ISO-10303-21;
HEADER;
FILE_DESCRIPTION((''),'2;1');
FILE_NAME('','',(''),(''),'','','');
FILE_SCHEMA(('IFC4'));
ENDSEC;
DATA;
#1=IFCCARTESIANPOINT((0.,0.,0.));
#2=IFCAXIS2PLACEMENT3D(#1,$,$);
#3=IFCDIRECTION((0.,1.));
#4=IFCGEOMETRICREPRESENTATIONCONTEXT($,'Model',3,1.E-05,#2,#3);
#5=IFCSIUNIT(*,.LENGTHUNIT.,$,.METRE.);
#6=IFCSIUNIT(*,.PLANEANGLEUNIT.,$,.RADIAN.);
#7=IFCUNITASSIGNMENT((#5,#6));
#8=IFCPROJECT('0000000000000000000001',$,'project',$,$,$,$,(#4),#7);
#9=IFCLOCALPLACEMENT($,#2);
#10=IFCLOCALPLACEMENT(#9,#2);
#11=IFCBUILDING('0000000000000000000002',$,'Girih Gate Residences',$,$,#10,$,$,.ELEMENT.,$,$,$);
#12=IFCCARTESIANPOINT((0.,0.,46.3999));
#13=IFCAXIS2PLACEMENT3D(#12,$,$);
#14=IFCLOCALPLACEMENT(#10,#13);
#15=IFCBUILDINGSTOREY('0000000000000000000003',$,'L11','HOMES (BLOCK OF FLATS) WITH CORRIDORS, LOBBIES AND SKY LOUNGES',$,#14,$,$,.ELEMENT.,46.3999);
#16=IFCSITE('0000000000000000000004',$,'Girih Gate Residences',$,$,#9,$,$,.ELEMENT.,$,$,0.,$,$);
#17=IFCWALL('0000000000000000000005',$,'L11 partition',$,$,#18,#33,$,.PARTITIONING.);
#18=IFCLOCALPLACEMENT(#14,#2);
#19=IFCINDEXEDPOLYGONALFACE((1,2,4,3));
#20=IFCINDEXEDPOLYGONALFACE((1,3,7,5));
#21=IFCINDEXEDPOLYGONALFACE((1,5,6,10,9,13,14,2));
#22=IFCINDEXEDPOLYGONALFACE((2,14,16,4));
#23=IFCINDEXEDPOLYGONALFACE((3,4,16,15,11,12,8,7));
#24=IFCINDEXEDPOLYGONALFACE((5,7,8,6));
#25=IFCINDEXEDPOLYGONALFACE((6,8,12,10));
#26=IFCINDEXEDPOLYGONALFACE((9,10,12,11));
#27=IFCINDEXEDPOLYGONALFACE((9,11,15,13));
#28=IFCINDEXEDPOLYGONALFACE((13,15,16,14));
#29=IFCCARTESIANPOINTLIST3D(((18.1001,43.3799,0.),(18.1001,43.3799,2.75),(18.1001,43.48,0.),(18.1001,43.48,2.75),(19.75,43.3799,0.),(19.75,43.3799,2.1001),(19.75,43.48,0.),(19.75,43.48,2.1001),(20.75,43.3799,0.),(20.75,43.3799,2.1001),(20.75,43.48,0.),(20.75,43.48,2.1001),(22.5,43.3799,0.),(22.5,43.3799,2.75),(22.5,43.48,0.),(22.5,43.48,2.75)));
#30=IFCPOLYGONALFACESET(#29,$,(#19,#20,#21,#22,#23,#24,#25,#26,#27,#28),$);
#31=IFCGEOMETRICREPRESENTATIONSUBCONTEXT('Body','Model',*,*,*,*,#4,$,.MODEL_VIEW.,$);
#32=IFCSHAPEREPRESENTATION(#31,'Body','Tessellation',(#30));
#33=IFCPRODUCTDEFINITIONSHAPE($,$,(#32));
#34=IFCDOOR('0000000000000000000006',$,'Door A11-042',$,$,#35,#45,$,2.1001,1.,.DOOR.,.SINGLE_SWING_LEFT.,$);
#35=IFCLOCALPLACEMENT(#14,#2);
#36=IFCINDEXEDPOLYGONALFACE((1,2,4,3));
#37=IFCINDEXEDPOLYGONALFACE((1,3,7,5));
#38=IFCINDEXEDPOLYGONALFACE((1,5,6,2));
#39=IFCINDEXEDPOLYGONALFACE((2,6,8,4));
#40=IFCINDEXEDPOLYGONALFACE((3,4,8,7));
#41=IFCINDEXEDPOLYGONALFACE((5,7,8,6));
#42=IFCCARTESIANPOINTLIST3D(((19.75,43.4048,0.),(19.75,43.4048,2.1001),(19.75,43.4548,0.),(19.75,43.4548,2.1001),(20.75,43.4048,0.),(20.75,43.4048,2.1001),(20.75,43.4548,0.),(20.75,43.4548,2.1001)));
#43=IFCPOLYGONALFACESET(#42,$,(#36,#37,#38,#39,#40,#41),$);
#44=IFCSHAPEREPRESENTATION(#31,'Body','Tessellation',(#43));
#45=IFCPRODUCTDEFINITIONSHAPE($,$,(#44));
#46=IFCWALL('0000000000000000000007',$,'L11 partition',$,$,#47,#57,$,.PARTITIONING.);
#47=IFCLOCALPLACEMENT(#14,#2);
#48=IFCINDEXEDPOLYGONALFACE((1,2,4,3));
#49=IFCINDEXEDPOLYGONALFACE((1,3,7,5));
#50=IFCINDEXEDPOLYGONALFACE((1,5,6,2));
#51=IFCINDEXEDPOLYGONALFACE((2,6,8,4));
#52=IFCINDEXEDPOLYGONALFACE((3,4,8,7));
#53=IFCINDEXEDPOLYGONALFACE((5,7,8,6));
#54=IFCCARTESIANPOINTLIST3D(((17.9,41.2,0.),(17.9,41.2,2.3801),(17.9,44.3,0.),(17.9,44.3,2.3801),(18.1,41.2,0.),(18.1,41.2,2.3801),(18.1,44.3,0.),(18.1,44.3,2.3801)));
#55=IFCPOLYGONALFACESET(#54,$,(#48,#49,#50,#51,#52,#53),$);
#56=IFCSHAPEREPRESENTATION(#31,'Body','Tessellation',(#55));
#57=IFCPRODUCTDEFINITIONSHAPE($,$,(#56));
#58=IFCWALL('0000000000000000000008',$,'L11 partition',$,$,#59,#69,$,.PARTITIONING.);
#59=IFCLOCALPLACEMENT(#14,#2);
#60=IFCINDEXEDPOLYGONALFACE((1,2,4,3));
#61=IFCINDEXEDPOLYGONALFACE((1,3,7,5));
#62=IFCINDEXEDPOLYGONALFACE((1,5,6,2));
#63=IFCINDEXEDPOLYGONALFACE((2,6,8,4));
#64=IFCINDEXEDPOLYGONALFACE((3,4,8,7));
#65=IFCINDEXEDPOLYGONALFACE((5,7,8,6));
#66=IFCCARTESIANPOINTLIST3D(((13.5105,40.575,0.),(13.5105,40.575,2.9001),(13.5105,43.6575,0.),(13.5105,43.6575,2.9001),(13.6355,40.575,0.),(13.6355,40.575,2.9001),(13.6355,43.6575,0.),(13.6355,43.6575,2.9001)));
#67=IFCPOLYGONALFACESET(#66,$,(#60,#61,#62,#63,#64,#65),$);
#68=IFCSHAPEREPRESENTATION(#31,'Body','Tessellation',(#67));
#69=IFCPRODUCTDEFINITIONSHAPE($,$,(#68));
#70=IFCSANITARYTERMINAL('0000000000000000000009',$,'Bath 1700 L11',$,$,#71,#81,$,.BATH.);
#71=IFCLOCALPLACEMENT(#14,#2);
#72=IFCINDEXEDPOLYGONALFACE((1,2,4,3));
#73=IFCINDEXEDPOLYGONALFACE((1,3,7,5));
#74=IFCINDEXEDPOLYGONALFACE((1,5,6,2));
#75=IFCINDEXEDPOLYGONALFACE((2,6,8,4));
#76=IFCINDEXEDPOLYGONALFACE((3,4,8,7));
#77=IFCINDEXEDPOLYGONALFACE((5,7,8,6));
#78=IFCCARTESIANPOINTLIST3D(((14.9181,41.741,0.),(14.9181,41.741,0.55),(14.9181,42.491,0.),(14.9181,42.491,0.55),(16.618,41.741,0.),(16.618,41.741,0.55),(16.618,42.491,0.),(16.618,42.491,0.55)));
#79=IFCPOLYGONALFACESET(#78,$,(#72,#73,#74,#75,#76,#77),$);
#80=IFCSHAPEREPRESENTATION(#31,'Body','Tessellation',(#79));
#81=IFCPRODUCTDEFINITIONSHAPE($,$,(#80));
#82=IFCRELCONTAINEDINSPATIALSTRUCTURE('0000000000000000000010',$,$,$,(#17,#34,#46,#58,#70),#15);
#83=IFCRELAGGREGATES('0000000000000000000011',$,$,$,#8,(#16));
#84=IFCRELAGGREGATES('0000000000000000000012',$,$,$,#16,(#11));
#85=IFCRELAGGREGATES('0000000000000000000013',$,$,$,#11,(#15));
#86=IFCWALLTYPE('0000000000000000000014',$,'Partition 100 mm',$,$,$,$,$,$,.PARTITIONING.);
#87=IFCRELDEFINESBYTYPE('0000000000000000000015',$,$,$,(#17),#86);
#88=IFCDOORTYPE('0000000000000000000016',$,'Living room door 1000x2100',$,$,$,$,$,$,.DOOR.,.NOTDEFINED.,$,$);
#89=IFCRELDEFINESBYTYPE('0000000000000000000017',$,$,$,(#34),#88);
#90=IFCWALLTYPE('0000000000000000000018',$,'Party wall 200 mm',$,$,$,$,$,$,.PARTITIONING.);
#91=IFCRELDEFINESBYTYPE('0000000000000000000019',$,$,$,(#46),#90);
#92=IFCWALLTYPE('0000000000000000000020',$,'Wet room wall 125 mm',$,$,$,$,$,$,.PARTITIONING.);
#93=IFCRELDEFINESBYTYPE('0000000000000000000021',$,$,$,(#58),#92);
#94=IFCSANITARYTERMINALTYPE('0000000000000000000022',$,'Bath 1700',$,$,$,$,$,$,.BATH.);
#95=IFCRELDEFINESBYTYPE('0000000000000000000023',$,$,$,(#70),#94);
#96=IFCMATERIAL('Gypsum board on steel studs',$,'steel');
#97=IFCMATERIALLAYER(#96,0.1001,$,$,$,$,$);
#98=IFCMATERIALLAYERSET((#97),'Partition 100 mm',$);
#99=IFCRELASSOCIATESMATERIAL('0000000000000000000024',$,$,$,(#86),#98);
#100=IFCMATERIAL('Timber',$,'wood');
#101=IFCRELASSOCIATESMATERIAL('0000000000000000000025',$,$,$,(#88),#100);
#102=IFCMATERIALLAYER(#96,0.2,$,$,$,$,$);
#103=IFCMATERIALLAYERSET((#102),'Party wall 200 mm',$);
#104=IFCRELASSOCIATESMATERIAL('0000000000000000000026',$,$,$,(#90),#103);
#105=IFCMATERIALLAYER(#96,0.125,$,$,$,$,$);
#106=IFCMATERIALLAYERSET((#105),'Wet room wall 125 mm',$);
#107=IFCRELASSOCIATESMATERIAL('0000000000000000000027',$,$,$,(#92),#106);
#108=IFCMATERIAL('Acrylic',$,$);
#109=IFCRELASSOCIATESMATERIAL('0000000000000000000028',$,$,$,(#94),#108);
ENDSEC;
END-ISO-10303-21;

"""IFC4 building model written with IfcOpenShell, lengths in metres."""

from ifc_helpers import new_model, si_unit, direction, frame, frame_2d, origin, origin_2d, place, context, subcontext, project, spatial, rectangle, extrude, material, layer, layer_set, type_object, element, fill, save


model = new_model("IFC4")

# Units and contexts
model_context = context("Model", 3, precision=1e-05, world=origin(), true_north=direction((0.0, 1.0)))
body_context = subcontext(model_context, "Body", "Model", "MODEL_VIEW")
ifc_project = project(units=[si_unit("LENGTHUNIT", "METRE"), si_unit("PLANEANGLEUNIT", "RADIAN")], contexts=[model_context])

# Site, building, storey
site_placement = place(None, origin())
site = spatial("IfcSite", under=ifc_project, at=site_placement, Name="Girih Gate Residences", CompositionType="ELEMENT", RefElevation=0.0)
building_placement = place(site_placement, origin())
building = spatial("IfcBuilding", under=site, at=building_placement, Name="Girih Gate Residences", CompositionType="ELEMENT")
storey_placement = place(building_placement, frame((0.0, 0.0, 46.3999)))
storey = spatial("IfcBuildingStorey", under=building, at=storey_placement, Name="L11", Description="HOMES (BLOCK OF FLATS) WITH CORRIDORS, LOBBIES AND SKY LOUNGES", CompositionType="ELEMENT", Elevation=46.3999)

# Shared definitions
ifc_material_1 = material(Name="Gypsum board on steel studs", Category="steel")

# Shared definitions
ifc_layer_1 = layer(ifc_material_1, 0.1001)
ifc_layer_set_1 = layer_set([ifc_layer_1], Name="Partition 100 mm")
wall_type_1 = type_object("IfcWallType", Name="Partition 100 mm", PredefinedType="PARTITIONING", material=ifc_layer_set_1)
ifc_material_2 = material(Name="Timber", Category="wood")

# Wall, opening, door
wall_1_placement = place(storey_placement, frame((18.1001, 43.4299, 0.0), z_axis=(0.0, 0.0, 1.0), x_axis=(1.0, 0.0, 0.0)))
wall_1 = element("IfcWall", 1, at=wall_1_placement, inside=storey, type_object=wall_type_1, Name="L11 partition", PredefinedType="PARTITIONING", context=body_context, shape_type="SweptSolid", body=[
    extrude(rectangle(XDim=4.3999, YDim=0.1001, at=frame_2d((2.2, 0.0))), origin(), (0.0, 0.0, 1.0), 2.75),
])
opening_1_placement = place(wall_1_placement, frame((1.6499, 0.0, 0.0)))
opening_1 = element("IfcOpeningElement", 2, at=opening_1_placement, cuts=wall_1, PredefinedType="OPENING", context=body_context, shape_type="SweptSolid", body=[
    extrude(rectangle(XDim=1.0, YDim=2.1001, at=frame_2d((0.5, 1.05))), frame((0.0, 0.0601, 0.0), z_axis=(0.0, -1.0, 0.0), x_axis=(1.0, 0.0, 0.0)), (0.0, 0.0, 1.0), 0.1201),
])
door_type_1 = type_object("IfcDoorType", Name="Living room door 1000x2100", OperationType="NOTDEFINED", PredefinedType="DOOR", material=ifc_material_2)
door_1_placement = place(opening_1_placement, origin())
door_1 = element("IfcDoor", 3, at=door_1_placement, inside=storey, type_object=door_type_1, Name="Door A11-042", OperationType="SINGLE_SWING_LEFT", OverallHeight=2.1001, OverallWidth=1.0, PredefinedType="DOOR", context=body_context, shape_type="SweptSolid", body=[
    extrude(rectangle(XDim=1.0, YDim=2.1001, at=frame_2d((0.5, 1.05))), frame((0.0, 0.0249, 0.0), z_axis=(0.0, -1.0, 0.0), x_axis=(1.0, 0.0, 0.0)), (0.0, 0.0, 1.0), 0.05),
])
fill(opening_1, door_1)

# Walls
ifc_layer_2 = layer(ifc_material_1, 0.2)
ifc_layer_set_2 = layer_set([ifc_layer_2], Name="Party wall 200 mm")
wall_type_2 = type_object("IfcWallType", Name="Party wall 200 mm", PredefinedType="PARTITIONING", material=ifc_layer_set_2)
wall_2_placement = place(storey_placement, frame((18.0, 41.2, 0.0), z_axis=(0.0, 0.0, 1.0), x_axis=(0.0, 1.0, 0.0)))
element("IfcWall", 4, at=wall_2_placement, inside=storey, type_object=wall_type_2, Name="L11 partition", PredefinedType="PARTITIONING", context=body_context, shape_type="SweptSolid", body=[
    extrude(rectangle(XDim=3.1001, YDim=0.2, at=frame_2d((1.55, 0.0))), origin(), (0.0, 0.0, 1.0), 2.3801),
])
ifc_layer_3 = layer(ifc_material_1, 0.125)
ifc_layer_set_3 = layer_set([ifc_layer_3], Name="Wet room wall 125 mm")
wall_type_3 = type_object("IfcWallType", Name="Wet room wall 125 mm", PredefinedType="PARTITIONING", material=ifc_layer_set_3)
wall_3_placement = place(storey_placement, frame((13.573, 40.575, 0.0), z_axis=(0.0, 0.0, 1.0), x_axis=(0.0, 1.0, 0.0)))
element("IfcWall", 5, at=wall_3_placement, inside=storey, type_object=wall_type_3, Name="L11 partition", PredefinedType="PARTITIONING", context=body_context, shape_type="SweptSolid", body=[
    extrude(rectangle(XDim=3.0825, YDim=0.125, at=frame_2d((1.5413, 0.0))), origin(), (0.0, 0.0, 1.0), 2.9001),
])

# Sanitary terminal
ifc_material_3 = material(Name="Acrylic")
sanitary_terminal_type = type_object("IfcSanitaryTerminalType", Name="Bath 1700", PredefinedType="BATH", material=ifc_material_3)
sanitary_terminal_placement = place(storey_placement, frame((15.7681, 42.116, 0.0), z_axis=(0.0, 0.0, 1.0), x_axis=(1.0, 0.0, 0.0)))
element("IfcSanitaryTerminal", 6, at=sanitary_terminal_placement, inside=storey, type_object=sanitary_terminal_type, Name="Bath 1700 L11", PredefinedType="BATH", context=body_context, shape_type="SweptSolid", body=[
    extrude(rectangle(XDim=1.7, YDim=0.75, at=origin_2d()), origin(), (0.0, 0.0, 1.0), 0.55),
])

save(model, "model.ifc")
